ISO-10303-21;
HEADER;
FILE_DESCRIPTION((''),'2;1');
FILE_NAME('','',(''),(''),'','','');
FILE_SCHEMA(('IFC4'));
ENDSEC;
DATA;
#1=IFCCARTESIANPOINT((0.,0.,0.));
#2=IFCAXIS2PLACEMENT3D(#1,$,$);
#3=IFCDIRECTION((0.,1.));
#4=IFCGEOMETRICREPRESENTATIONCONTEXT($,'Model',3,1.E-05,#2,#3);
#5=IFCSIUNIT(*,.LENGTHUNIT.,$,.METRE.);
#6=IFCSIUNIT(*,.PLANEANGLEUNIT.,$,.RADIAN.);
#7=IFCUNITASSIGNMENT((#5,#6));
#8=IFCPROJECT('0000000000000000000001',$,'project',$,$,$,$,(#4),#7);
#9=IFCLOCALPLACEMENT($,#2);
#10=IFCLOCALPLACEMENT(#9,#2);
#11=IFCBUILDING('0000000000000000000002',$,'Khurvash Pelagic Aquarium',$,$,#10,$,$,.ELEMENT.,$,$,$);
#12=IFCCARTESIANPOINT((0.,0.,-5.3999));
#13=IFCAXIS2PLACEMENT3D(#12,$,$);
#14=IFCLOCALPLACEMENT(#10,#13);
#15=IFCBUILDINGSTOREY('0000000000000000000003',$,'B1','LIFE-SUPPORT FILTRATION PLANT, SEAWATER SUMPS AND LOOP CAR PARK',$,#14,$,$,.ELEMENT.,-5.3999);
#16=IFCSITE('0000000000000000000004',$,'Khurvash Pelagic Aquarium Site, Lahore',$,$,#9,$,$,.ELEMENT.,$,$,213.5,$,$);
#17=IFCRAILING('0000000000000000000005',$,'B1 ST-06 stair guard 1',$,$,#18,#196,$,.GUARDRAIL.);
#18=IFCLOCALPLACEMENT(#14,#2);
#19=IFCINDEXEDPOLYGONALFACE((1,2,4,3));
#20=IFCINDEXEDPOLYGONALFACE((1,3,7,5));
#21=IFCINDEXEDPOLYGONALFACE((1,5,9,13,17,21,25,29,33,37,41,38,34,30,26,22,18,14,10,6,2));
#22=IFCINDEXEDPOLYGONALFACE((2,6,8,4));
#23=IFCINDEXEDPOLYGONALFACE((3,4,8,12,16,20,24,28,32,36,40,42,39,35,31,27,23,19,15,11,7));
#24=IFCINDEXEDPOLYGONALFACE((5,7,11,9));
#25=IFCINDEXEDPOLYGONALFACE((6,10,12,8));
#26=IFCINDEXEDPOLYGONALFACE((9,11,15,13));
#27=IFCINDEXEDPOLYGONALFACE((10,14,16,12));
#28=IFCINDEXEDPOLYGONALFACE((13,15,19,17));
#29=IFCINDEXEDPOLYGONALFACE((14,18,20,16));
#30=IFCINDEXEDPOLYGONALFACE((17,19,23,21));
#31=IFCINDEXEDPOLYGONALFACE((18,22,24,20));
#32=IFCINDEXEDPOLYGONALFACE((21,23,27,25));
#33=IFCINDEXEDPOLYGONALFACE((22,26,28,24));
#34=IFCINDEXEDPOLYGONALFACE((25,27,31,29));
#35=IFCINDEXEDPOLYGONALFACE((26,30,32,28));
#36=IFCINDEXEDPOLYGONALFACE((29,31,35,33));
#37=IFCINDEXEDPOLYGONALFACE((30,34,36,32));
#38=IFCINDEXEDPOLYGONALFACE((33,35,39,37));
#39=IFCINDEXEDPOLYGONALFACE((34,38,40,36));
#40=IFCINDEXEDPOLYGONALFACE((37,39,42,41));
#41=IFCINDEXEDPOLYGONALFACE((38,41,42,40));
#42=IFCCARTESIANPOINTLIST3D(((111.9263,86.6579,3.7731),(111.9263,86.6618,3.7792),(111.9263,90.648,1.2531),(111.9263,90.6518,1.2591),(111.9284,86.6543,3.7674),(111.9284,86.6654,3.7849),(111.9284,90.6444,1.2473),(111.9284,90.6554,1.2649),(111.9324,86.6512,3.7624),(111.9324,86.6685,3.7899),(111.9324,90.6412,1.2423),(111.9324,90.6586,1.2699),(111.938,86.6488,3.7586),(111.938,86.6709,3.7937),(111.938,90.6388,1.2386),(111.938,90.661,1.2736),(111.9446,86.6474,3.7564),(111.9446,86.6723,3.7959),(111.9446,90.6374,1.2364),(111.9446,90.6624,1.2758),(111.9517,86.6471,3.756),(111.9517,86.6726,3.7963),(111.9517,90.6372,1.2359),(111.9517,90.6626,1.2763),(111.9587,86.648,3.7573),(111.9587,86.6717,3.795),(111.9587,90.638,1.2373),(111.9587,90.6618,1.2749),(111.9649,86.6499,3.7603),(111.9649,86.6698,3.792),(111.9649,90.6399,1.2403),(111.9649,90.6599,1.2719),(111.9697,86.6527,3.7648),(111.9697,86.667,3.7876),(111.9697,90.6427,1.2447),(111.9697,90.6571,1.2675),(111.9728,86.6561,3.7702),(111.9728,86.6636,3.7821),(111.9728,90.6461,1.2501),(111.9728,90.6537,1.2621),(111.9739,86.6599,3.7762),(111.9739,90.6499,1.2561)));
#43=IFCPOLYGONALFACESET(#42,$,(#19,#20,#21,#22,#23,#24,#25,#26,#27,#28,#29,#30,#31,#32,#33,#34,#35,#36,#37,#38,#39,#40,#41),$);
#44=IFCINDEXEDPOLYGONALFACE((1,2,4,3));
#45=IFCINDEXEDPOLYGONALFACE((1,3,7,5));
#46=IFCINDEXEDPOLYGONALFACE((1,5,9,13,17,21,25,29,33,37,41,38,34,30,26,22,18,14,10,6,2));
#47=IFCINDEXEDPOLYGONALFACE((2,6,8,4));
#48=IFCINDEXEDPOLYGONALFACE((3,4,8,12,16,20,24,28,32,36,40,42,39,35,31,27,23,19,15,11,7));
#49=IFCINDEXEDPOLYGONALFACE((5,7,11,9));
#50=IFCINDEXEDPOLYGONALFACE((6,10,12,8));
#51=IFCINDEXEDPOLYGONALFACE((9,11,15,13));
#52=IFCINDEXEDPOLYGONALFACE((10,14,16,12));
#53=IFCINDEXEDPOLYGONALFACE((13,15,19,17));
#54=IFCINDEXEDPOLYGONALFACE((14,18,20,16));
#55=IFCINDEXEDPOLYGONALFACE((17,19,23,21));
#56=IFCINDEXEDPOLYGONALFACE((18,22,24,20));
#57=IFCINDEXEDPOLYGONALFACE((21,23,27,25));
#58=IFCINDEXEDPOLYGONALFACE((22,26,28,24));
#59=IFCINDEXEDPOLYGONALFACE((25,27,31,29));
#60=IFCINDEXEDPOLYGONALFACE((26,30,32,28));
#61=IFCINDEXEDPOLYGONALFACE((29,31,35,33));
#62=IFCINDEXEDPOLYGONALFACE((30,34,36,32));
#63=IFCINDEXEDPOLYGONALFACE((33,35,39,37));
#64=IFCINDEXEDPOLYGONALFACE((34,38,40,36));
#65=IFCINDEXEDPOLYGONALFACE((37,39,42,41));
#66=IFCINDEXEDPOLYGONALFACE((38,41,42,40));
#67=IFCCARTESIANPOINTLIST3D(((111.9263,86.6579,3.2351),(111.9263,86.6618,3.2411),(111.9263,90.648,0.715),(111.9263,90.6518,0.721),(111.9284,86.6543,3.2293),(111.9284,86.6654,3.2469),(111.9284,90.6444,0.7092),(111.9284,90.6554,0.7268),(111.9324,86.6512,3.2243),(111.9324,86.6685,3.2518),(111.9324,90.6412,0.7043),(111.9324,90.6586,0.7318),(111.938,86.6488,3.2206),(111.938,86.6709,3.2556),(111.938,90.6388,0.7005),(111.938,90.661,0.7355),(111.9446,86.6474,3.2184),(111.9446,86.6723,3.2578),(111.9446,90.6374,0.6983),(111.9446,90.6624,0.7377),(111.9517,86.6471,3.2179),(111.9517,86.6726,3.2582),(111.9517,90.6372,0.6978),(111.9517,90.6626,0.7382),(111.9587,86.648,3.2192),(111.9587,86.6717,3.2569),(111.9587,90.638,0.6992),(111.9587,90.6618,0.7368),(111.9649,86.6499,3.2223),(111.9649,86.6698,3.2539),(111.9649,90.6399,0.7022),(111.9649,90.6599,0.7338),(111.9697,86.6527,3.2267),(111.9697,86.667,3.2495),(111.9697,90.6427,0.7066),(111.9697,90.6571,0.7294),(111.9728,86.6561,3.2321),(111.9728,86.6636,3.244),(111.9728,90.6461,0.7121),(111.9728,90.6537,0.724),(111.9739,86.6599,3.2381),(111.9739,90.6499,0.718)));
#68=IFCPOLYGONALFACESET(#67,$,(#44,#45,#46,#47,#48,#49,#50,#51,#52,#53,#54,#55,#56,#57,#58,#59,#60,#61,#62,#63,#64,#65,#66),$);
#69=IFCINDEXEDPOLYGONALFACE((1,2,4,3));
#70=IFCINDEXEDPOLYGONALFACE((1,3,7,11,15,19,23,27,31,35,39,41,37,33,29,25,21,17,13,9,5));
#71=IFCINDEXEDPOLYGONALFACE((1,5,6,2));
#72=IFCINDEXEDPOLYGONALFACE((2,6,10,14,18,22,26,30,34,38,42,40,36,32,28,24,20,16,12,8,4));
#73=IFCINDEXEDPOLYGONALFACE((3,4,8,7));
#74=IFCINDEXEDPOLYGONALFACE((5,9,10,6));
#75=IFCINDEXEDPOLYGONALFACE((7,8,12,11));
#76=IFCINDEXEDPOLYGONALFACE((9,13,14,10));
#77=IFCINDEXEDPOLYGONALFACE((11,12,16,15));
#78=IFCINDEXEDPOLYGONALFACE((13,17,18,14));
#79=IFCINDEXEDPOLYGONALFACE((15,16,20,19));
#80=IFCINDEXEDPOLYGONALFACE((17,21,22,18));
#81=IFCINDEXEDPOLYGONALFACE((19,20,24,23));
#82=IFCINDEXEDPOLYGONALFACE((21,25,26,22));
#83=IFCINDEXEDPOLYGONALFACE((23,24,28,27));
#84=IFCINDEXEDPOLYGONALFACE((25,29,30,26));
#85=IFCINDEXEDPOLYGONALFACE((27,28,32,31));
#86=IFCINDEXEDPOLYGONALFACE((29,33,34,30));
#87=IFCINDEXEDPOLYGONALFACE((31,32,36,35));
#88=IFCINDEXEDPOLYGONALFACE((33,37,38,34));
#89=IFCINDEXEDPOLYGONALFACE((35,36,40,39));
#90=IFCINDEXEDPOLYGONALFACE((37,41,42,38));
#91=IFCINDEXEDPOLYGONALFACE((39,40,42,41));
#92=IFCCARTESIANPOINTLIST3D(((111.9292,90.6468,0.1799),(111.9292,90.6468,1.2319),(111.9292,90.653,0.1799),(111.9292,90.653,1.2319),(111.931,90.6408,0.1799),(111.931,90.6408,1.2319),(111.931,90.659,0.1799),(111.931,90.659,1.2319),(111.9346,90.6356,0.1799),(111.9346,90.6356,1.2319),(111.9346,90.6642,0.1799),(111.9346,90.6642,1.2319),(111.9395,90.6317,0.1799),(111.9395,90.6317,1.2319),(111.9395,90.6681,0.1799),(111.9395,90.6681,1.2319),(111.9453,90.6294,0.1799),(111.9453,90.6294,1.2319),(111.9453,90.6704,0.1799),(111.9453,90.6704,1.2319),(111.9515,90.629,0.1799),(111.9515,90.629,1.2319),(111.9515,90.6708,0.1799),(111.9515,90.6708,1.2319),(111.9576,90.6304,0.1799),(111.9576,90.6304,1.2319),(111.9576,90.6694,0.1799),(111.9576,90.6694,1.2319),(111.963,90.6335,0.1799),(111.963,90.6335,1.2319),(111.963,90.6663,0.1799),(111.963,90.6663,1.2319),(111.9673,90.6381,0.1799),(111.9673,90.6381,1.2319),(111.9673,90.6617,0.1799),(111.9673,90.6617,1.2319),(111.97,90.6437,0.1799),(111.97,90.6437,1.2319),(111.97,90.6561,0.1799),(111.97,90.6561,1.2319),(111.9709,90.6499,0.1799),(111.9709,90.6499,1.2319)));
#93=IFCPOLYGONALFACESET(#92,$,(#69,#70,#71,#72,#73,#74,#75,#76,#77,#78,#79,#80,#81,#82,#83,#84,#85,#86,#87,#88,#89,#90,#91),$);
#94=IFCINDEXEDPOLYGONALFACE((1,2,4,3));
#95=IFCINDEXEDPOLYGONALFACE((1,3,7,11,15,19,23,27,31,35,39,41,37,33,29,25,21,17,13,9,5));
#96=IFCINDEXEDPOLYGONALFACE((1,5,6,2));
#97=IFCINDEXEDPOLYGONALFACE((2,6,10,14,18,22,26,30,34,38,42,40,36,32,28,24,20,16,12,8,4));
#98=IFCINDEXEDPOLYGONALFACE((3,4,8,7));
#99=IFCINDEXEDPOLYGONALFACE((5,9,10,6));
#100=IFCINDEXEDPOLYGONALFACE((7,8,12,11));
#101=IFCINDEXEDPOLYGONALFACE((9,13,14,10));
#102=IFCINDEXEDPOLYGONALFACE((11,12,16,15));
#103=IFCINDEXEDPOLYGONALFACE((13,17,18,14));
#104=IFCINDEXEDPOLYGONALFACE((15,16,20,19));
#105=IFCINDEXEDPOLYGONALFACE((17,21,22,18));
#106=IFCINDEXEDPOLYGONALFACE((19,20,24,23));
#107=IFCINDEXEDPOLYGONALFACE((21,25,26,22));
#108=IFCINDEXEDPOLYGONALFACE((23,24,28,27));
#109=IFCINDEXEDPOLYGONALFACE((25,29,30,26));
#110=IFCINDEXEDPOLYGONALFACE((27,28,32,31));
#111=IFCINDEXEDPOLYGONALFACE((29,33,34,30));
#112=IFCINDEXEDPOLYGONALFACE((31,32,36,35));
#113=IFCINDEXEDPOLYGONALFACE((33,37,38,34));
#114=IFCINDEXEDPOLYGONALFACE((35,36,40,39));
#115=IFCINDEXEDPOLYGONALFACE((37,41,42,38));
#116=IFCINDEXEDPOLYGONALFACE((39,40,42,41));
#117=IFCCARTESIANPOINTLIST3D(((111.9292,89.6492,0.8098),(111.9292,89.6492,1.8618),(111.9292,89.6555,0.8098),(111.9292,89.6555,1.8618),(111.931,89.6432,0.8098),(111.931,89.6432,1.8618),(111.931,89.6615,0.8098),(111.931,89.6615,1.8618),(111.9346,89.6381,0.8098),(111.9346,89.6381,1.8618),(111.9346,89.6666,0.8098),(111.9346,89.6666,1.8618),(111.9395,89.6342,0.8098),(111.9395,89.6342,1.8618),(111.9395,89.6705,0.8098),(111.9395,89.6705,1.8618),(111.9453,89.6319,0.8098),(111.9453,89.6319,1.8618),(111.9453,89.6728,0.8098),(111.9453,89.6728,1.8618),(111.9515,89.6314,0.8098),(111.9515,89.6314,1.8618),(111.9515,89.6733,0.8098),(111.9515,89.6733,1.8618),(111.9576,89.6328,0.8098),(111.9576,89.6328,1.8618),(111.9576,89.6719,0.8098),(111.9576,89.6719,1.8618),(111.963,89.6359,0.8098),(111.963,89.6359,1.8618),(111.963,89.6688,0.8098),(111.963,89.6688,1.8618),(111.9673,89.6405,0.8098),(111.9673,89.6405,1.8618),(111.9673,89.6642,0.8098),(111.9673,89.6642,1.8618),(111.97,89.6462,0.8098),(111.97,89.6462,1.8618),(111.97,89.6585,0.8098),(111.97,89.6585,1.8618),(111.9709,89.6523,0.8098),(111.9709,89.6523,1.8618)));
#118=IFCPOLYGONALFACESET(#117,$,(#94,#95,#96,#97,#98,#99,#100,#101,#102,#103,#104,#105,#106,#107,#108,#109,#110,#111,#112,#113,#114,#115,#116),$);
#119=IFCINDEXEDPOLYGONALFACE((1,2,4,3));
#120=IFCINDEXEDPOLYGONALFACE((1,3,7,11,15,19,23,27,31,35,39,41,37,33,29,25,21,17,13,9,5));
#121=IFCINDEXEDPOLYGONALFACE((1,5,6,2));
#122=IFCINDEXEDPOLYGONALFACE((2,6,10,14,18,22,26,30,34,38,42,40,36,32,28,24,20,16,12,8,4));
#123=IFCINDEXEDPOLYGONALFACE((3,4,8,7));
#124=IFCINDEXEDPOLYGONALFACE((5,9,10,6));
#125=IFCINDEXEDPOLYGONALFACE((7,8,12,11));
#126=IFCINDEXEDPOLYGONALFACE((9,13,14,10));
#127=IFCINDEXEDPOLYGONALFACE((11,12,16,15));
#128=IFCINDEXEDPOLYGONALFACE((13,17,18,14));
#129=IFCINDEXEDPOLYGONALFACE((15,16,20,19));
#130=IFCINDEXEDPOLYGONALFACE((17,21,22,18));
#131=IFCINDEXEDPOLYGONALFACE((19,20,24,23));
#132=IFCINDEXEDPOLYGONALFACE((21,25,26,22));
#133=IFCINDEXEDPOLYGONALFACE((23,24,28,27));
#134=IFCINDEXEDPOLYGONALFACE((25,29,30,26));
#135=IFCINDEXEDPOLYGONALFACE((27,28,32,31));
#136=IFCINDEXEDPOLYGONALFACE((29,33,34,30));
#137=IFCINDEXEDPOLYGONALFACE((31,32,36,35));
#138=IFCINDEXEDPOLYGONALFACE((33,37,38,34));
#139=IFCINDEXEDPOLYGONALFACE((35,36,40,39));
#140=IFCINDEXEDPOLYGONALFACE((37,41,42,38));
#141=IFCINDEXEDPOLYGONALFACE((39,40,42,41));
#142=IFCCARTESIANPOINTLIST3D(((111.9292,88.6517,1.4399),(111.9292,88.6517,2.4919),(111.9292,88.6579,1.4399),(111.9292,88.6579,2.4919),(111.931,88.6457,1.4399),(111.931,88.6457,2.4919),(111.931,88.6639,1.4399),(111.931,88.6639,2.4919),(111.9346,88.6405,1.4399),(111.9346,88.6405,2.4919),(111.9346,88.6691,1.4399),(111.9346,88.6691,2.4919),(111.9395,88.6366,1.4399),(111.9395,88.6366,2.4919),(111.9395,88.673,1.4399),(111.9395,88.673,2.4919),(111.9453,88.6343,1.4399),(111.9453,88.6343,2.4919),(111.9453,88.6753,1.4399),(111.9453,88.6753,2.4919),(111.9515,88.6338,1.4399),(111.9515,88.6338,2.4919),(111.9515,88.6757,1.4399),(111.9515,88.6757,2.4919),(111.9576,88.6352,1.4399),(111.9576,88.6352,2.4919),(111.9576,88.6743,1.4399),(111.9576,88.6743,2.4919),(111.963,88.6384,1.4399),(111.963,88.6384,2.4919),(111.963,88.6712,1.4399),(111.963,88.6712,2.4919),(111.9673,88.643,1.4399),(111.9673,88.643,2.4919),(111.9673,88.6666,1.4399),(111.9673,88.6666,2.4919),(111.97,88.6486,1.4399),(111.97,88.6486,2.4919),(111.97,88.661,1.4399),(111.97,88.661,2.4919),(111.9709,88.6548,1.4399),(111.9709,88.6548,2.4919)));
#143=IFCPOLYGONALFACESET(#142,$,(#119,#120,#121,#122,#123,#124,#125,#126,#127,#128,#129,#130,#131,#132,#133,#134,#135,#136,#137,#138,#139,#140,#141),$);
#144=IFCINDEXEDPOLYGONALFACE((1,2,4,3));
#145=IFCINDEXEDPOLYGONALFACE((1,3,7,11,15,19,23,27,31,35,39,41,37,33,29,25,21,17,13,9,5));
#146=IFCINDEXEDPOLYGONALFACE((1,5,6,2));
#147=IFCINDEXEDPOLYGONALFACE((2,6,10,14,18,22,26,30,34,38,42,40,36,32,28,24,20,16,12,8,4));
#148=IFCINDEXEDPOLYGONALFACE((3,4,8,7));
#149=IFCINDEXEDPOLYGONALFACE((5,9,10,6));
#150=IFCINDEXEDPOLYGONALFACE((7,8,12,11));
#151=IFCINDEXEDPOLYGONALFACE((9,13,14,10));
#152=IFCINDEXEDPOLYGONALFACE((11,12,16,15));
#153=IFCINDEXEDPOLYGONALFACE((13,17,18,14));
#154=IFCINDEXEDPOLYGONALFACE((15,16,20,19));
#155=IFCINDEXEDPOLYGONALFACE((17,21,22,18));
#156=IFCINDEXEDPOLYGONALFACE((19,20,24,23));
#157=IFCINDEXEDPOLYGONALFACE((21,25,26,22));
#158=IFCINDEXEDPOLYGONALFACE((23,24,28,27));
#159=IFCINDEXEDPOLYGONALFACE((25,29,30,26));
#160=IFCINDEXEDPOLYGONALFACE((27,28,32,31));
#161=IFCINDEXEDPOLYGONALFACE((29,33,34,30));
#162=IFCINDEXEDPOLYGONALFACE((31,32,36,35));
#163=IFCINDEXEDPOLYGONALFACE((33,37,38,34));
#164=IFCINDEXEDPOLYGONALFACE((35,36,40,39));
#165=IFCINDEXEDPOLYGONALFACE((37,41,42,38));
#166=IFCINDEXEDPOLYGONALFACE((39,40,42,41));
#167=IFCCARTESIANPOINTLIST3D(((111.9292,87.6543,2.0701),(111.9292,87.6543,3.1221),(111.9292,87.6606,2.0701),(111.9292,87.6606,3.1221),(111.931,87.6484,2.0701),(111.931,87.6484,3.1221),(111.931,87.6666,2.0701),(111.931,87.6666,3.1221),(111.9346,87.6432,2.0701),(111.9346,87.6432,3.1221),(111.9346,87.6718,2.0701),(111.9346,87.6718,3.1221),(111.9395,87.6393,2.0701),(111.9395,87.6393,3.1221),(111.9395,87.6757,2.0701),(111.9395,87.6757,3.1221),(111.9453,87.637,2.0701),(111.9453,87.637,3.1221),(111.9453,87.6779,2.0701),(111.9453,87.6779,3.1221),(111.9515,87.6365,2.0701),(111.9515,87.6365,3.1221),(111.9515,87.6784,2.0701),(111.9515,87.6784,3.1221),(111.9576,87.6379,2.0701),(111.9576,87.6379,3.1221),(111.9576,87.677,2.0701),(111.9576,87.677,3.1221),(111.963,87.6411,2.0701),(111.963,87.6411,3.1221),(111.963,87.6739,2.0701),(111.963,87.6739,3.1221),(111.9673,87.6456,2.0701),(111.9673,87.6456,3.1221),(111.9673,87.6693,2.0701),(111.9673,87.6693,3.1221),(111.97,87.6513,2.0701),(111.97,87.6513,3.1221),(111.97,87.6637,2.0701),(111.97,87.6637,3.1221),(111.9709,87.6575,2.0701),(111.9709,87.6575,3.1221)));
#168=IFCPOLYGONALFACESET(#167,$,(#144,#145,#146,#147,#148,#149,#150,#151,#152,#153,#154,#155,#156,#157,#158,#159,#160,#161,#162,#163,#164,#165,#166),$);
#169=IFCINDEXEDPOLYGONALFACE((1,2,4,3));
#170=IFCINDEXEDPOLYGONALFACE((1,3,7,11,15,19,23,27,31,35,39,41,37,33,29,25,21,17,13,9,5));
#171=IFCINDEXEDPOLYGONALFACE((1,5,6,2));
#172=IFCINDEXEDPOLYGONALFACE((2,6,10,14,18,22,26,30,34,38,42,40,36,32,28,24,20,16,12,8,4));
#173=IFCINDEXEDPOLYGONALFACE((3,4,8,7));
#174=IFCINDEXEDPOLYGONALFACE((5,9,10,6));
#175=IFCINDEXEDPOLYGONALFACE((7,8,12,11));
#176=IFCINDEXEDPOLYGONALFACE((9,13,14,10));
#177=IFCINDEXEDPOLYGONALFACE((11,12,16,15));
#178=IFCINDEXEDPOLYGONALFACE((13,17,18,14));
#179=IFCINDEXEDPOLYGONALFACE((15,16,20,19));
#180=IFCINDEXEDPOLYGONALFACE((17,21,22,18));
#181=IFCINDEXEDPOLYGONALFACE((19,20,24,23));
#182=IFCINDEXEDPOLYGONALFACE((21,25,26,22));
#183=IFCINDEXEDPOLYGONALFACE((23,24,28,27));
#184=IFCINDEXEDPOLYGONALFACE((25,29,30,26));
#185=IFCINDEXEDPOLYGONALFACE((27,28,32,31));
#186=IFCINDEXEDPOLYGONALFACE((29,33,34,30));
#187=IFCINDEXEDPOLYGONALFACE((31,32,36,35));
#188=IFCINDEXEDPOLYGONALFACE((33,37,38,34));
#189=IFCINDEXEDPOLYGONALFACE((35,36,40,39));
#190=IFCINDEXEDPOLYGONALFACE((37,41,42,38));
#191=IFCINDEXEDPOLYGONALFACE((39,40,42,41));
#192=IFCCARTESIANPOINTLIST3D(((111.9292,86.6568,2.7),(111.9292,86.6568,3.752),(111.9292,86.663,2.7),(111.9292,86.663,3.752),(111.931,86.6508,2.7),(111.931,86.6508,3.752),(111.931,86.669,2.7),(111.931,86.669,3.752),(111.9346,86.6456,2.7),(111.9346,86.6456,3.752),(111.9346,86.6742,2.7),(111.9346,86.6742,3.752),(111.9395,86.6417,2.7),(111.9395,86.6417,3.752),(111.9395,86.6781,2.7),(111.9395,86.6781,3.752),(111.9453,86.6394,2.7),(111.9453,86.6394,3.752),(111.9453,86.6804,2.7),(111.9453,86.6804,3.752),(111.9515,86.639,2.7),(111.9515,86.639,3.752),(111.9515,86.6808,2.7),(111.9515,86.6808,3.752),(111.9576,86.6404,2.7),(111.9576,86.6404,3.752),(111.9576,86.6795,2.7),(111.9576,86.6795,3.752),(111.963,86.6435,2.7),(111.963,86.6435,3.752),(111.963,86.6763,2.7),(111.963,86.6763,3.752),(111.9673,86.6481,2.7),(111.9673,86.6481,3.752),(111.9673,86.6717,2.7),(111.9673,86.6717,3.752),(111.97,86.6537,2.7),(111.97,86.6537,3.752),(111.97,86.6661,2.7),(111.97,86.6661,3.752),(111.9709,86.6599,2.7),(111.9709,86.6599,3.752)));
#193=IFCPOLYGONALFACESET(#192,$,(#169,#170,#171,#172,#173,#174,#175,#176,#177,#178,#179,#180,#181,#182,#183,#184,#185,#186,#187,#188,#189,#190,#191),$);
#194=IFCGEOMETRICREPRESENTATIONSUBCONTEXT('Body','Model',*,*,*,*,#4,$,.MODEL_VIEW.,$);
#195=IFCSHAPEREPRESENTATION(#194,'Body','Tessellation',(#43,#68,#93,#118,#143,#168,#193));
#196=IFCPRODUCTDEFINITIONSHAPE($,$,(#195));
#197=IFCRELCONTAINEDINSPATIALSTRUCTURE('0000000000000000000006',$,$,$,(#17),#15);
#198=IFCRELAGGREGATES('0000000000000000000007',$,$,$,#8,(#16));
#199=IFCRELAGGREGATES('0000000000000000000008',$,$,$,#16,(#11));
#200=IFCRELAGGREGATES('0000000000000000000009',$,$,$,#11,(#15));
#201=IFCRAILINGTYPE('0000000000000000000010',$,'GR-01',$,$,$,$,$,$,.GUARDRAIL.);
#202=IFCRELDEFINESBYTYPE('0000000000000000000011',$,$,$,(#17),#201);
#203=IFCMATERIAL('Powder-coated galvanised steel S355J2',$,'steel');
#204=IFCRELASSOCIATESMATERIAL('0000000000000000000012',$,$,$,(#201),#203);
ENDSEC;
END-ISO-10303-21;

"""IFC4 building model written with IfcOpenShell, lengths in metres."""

from ifc_helpers import new_model, si_unit, direction, frame, origin, origin_2d, place, context, subcontext, project, spatial, circle, extrude, material, type_object, element, save


model = new_model("IFC4")

# Units and contexts
model_context = context("Model", 3, precision=1e-05, world=origin(), true_north=direction((0.0, 1.0)))
body_context = subcontext(model_context, "Body", "Model", "MODEL_VIEW")
ifc_project = project(units=[si_unit("LENGTHUNIT", "METRE"), si_unit("PLANEANGLEUNIT", "RADIAN")], contexts=[model_context])

# Site, building, storey
site_placement = place(None, origin())
site = spatial("IfcSite", under=ifc_project, at=site_placement, Name="Khurvash Pelagic Aquarium Site, Lahore", CompositionType="ELEMENT", RefElevation=213.5)
building_placement = place(site_placement, origin())
building = spatial("IfcBuilding", under=site, at=building_placement, Name="Khurvash Pelagic Aquarium", CompositionType="ELEMENT")
storey_placement = place(building_placement, frame((0.0, 0.0, -5.3999)))
storey = spatial("IfcBuildingStorey", under=building, at=storey_placement, Name="B1", Description="LIFE-SUPPORT FILTRATION PLANT, SEAWATER SUMPS AND LOOP CAR PARK", CompositionType="ELEMENT", Elevation=-5.3999)

# Railing
ifc_material_1 = material(Name="Powder-coated galvanised steel S355J2", Category="steel")
railing_type = type_object("IfcRailingType", Name="GR-01", PredefinedType="GUARDRAIL", material=ifc_material_1)
railing_1_placement = place(storey_placement, frame((111.95, 90.6499, 0.1799)))
element("IfcRailing", 1, at=railing_1_placement, inside=storey, type_object=railing_type, Name="B1 ST-06 stair guard 1", PredefinedType="GUARDRAIL", context=body_context, shape_type="SweptSolid", body=[
    extrude(circle(Radius=0.0239, at=origin_2d()), frame((0.0, 0.0, 1.0762), z_axis=(0.0, -0.845486, 0.533997), x_axis=(1.0, 0.0, 0.0)), (0.0, 0.0, 1.0), 4.7192),
    extrude(circle(Radius=0.0239, at=origin_2d()), frame((0.0, 0.0, 0.5381), z_axis=(0.0, -0.845486, 0.533997), x_axis=(1.0, 0.0, 0.0)), (0.0, 0.0, 1.0), 4.7192),
    extrude(circle(Radius=0.021, at=origin_2d()), origin(), (0.0, 0.0, 1.0), 1.052),
    extrude(circle(Radius=0.021, at=origin_2d()), frame((0.0, -0.9976, 0.6299)), (0.0, 0.0, 1.0), 1.052),
    extrude(circle(Radius=0.021, at=origin_2d()), frame((0.0, -1.9951, 1.26)), (0.0, 0.0, 1.0), 1.052),
    extrude(circle(Radius=0.021, at=origin_2d()), frame((0.0, -2.9924, 1.8901)), (0.0, 0.0, 1.0), 1.052),
    extrude(circle(Radius=0.021, at=origin_2d()), frame((0.0, -3.99, 2.52)), (0.0, 0.0, 1.0), 1.052),
])

save(model, "model.ifc")
